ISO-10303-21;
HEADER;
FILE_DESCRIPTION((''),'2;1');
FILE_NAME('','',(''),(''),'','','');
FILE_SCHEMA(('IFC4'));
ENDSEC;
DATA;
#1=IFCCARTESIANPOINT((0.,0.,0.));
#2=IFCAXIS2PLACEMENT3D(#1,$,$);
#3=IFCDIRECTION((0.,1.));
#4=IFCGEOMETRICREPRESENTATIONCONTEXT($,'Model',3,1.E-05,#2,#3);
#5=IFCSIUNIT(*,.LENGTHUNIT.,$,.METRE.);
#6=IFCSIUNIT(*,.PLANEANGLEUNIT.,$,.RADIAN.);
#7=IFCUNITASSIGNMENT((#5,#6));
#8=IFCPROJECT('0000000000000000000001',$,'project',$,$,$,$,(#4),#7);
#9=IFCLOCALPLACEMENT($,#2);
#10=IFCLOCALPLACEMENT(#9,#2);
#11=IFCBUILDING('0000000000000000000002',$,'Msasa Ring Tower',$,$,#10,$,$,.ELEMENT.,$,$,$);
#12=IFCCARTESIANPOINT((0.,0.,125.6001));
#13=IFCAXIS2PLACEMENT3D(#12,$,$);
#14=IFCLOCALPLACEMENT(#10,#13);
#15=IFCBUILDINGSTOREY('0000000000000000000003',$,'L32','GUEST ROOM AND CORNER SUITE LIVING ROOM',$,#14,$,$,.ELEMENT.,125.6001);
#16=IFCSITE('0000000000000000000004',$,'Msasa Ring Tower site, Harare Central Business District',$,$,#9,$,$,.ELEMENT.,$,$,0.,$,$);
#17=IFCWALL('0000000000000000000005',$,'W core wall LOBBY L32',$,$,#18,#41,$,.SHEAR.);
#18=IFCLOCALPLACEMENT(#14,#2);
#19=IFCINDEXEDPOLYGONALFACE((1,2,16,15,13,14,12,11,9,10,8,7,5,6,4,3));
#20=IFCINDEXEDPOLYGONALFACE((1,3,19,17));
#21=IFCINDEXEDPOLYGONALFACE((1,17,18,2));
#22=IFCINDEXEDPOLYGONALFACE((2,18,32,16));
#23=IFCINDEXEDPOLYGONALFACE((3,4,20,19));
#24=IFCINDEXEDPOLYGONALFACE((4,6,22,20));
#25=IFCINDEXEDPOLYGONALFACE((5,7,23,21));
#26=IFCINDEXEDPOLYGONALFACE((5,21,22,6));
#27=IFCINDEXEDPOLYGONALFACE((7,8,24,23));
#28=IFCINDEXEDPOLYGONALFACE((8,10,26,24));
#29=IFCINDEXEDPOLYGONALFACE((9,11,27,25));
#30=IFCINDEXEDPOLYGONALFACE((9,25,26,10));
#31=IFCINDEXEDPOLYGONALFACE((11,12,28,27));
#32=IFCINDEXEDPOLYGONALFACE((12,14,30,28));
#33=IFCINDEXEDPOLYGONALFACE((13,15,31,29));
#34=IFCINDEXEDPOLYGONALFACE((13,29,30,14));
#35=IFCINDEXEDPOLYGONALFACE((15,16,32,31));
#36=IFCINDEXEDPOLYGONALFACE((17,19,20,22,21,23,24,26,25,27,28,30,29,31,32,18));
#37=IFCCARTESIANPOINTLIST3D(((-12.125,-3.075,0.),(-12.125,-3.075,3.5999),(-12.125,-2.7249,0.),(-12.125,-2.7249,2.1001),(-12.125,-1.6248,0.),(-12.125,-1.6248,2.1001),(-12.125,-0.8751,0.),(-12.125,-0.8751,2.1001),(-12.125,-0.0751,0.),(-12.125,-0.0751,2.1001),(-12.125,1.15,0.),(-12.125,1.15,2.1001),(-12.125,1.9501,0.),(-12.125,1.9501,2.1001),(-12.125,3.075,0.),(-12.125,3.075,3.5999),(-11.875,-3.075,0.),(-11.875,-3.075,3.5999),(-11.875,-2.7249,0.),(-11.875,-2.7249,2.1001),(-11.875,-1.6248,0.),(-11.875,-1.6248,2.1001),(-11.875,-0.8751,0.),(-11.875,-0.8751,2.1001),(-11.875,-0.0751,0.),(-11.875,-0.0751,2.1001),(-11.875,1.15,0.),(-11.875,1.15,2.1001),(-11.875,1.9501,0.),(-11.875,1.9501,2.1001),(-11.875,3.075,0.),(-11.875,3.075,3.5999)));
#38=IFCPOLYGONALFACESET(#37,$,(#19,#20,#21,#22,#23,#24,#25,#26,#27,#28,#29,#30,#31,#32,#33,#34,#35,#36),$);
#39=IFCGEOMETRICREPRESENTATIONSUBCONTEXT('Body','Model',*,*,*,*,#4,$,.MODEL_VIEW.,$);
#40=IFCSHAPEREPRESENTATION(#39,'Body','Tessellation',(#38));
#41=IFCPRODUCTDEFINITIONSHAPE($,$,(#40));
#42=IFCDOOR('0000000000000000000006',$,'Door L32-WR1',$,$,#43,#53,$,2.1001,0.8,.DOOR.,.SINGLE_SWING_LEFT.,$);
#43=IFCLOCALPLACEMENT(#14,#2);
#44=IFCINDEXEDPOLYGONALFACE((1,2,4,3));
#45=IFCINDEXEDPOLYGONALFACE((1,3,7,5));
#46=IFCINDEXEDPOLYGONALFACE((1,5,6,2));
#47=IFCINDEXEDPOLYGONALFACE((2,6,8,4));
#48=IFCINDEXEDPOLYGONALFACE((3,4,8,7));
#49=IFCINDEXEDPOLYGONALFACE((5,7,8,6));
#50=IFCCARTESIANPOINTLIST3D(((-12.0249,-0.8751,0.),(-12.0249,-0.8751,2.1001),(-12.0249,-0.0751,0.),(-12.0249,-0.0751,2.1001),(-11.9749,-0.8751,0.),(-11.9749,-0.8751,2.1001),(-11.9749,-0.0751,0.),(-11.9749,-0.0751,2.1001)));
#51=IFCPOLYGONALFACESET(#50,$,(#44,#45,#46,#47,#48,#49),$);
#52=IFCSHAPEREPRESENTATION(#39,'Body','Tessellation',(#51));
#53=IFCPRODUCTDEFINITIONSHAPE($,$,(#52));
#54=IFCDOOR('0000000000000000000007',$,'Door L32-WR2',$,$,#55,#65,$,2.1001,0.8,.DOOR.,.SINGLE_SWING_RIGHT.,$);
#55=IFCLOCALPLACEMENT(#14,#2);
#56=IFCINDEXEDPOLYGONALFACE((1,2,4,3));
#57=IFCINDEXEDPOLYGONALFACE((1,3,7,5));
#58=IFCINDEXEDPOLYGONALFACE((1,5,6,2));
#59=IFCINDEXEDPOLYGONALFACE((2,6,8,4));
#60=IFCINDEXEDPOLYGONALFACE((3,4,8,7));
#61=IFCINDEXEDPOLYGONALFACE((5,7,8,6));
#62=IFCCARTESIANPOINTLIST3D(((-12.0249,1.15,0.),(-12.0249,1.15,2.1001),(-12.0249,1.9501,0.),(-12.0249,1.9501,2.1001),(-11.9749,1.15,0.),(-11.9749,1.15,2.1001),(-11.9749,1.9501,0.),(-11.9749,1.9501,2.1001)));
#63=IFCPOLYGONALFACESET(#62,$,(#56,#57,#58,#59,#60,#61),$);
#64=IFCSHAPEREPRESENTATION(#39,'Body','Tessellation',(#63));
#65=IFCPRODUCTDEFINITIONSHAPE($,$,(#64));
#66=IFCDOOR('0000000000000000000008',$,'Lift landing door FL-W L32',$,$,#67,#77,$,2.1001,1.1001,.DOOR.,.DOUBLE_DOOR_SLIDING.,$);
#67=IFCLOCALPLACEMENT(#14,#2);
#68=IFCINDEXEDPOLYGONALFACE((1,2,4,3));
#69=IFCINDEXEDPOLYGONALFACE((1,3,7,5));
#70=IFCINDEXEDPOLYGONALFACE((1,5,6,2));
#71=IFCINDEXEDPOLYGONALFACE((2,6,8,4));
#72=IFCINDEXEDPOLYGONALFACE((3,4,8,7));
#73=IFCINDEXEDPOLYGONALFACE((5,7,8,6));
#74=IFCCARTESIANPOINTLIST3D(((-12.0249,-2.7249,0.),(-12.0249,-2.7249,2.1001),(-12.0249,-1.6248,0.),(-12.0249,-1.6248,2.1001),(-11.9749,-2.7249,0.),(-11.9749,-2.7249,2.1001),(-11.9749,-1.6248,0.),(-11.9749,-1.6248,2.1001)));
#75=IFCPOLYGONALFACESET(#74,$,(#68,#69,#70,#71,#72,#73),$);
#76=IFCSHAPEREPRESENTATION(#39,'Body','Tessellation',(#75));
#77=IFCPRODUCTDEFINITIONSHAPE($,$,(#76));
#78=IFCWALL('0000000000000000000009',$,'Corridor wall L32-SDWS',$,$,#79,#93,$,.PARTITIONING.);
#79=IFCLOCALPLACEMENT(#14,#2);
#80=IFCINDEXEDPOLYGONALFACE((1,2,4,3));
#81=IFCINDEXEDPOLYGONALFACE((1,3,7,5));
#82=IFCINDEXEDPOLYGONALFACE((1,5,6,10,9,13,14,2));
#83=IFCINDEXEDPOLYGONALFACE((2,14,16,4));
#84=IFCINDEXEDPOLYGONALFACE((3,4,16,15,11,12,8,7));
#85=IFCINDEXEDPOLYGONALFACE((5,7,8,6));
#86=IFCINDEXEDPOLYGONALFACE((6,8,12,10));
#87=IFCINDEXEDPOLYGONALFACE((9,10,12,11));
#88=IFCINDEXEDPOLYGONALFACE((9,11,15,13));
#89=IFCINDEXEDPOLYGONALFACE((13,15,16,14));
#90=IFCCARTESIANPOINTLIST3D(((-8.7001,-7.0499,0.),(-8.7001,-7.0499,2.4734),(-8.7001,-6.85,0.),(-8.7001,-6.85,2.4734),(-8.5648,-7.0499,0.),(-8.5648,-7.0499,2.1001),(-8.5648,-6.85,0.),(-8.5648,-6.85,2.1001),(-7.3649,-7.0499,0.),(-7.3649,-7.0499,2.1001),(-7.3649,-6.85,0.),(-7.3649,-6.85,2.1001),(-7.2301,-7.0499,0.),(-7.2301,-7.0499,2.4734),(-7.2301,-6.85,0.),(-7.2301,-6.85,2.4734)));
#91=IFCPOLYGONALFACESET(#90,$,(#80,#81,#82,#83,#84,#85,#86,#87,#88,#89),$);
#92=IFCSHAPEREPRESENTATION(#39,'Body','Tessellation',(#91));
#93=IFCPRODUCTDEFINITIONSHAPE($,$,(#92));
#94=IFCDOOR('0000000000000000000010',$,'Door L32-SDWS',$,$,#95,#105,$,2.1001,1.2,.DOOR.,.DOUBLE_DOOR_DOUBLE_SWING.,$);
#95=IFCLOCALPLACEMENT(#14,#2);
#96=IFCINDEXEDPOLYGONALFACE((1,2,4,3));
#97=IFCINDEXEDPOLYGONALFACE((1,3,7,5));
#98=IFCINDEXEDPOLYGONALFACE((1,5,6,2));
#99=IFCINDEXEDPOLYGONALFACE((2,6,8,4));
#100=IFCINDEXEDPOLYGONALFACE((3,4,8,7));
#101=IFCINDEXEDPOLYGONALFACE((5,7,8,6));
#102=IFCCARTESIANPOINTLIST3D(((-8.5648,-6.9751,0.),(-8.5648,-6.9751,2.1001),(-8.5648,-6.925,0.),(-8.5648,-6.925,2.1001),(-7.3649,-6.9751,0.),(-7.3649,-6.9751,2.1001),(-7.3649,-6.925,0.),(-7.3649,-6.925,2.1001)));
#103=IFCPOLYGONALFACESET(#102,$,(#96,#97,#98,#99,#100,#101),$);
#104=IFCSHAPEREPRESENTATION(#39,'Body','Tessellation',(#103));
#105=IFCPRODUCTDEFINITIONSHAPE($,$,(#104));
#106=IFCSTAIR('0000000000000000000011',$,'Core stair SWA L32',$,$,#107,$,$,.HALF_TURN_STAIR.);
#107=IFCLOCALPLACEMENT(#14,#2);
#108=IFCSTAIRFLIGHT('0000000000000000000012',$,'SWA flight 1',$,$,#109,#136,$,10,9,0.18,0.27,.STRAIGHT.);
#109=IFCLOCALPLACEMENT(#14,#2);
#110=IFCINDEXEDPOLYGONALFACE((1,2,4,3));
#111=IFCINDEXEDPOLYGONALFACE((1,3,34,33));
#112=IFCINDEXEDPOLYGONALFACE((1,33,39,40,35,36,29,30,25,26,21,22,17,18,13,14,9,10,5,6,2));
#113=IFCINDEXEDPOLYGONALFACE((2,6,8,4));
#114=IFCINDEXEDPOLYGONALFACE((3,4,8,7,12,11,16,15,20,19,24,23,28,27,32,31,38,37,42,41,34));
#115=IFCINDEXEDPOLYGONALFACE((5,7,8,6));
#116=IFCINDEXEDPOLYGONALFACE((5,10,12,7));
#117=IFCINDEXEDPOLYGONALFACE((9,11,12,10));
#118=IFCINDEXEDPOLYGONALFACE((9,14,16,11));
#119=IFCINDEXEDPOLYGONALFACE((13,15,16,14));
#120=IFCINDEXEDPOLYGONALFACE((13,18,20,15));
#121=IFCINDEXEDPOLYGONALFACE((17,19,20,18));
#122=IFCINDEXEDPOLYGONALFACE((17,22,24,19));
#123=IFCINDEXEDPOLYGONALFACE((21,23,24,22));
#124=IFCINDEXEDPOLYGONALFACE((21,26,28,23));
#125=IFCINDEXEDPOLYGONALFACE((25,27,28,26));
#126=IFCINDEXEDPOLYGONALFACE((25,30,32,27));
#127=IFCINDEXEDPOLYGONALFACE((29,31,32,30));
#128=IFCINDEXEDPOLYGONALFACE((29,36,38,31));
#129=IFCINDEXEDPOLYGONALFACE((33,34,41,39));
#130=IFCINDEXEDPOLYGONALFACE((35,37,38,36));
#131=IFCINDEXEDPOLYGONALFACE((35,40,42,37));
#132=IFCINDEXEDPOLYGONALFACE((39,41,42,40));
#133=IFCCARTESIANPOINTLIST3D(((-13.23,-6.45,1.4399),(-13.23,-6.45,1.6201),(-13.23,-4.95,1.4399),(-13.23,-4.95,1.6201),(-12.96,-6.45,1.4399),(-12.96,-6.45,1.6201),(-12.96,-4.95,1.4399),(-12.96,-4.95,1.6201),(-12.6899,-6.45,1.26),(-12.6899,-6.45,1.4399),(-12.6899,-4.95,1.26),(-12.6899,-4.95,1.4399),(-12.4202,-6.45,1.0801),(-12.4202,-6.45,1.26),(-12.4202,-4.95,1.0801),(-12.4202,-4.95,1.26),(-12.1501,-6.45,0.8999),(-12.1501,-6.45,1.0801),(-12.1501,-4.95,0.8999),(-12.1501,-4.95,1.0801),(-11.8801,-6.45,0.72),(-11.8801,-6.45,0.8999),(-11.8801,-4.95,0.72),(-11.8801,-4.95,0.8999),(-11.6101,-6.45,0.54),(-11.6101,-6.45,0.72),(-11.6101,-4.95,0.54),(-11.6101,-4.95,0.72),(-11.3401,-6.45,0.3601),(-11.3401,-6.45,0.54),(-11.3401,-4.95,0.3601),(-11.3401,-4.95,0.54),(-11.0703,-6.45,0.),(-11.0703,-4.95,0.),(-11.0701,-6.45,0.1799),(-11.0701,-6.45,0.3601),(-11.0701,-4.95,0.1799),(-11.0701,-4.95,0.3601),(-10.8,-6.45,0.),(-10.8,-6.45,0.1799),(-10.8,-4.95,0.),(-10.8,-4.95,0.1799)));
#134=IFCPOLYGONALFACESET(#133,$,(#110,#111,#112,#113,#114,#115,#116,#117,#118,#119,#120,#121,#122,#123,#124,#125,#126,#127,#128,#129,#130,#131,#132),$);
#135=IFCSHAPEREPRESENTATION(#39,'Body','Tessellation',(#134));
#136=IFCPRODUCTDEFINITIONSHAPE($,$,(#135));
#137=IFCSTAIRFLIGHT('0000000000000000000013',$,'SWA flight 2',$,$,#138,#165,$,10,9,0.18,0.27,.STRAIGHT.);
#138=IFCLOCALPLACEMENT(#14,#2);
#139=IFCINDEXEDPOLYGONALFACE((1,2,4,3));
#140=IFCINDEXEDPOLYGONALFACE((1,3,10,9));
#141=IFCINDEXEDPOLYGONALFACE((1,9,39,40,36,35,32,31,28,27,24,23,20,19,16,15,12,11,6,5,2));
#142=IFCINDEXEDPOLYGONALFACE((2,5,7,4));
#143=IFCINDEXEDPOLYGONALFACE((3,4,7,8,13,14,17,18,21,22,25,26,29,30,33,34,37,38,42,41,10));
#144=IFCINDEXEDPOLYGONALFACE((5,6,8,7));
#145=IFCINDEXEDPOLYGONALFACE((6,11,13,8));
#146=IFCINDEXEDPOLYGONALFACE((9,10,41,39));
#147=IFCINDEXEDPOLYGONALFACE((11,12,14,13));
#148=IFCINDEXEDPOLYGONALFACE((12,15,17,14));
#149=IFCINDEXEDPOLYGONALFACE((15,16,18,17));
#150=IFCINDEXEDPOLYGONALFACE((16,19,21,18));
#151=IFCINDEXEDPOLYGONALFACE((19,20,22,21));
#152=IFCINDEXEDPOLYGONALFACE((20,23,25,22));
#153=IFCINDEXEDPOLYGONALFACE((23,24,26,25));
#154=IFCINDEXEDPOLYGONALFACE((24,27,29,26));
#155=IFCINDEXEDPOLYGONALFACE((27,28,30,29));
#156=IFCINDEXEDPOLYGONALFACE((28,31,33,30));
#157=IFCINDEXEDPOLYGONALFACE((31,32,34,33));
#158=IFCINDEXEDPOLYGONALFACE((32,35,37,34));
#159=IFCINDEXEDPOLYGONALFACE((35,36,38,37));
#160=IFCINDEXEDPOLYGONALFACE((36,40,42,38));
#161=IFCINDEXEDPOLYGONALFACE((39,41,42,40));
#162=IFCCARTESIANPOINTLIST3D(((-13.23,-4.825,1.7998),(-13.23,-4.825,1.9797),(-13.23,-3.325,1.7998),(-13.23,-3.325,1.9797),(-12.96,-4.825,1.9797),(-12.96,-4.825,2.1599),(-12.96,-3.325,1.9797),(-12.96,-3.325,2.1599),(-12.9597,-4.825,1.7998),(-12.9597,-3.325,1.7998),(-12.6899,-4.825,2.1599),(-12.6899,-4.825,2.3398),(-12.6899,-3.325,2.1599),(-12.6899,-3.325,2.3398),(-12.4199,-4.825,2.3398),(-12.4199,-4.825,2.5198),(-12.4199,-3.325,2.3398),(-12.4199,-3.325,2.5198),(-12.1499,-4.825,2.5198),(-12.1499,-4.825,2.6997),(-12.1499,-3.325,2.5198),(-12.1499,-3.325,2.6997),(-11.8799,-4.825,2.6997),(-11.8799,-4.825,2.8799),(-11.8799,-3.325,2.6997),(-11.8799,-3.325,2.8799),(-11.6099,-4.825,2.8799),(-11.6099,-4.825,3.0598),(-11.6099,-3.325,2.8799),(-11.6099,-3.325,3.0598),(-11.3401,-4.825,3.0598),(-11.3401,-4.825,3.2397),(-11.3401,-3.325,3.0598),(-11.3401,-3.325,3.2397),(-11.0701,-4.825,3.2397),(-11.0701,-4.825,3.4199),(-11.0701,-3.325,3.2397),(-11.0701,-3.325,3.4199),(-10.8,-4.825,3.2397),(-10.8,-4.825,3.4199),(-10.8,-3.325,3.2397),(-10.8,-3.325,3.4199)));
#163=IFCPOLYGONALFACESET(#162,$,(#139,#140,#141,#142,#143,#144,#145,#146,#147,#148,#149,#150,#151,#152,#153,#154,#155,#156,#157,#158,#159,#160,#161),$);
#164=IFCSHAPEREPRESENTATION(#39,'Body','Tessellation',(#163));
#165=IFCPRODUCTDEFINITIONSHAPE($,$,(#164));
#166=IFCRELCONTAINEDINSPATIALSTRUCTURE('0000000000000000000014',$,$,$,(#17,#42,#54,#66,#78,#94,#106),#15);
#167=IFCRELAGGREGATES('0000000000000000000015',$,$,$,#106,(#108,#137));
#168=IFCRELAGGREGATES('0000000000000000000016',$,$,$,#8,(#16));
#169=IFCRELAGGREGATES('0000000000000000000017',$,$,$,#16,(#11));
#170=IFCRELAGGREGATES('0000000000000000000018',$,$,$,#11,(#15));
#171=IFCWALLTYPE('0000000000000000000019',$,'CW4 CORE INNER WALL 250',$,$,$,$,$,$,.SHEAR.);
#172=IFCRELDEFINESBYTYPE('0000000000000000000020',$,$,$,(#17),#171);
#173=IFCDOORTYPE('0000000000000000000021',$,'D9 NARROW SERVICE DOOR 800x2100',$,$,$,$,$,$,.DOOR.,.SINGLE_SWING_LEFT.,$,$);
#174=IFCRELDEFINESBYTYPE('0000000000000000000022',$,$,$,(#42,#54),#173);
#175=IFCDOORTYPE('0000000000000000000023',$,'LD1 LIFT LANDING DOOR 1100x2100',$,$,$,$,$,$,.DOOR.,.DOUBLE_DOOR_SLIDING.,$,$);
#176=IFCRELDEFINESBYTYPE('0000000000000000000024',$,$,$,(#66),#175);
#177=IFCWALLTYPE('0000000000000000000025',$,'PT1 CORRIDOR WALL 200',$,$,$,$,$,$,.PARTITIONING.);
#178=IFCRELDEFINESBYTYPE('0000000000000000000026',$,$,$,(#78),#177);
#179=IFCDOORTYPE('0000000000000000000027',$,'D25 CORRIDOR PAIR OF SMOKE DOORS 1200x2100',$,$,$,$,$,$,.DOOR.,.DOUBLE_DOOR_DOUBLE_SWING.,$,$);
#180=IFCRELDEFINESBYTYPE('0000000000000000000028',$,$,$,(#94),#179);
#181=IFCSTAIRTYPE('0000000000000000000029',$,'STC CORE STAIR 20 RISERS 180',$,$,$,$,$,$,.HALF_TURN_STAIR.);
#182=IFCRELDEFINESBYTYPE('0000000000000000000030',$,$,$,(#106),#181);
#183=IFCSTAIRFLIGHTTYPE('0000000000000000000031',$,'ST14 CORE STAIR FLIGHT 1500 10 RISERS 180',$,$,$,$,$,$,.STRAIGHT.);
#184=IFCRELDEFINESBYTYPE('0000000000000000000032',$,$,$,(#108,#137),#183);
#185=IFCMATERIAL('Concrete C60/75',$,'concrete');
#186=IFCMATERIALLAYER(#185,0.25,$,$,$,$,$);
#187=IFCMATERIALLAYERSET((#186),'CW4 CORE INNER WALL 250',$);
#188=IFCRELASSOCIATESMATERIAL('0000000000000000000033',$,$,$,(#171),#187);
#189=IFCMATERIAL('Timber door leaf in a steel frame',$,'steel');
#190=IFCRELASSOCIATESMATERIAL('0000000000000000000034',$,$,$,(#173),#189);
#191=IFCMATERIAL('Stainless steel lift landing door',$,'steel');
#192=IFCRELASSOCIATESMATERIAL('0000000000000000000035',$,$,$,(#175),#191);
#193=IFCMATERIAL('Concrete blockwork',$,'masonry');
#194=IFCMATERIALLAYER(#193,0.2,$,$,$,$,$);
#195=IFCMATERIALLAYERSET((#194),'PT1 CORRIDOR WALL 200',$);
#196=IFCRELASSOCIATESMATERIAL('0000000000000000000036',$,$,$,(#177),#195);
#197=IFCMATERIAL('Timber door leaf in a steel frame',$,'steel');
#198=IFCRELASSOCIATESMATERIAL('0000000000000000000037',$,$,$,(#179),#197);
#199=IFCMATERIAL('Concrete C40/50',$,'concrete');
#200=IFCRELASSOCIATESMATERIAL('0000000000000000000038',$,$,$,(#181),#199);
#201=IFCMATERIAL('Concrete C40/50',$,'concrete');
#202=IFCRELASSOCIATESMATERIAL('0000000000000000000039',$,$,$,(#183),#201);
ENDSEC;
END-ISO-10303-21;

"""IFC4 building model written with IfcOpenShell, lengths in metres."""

from ifc_helpers import new_model, si_unit, direction, frame, frame_2d, origin, place, context, subcontext, project, spatial, polyline, rectangle, outline, extrude, material, layer, layer_set, type_object, element, fill, aggregate, save


model = new_model("IFC4")

# Units and contexts
model_context = context("Model", 3, precision=1e-05, world=origin(), true_north=direction((0.0, 1.0)))
body_context = subcontext(model_context, "Body", "Model", "MODEL_VIEW")
ifc_project = project(units=[si_unit("LENGTHUNIT", "METRE"), si_unit("PLANEANGLEUNIT", "RADIAN")], contexts=[model_context])

# Site, building, storey
site_placement = place(None, origin())
site = spatial("IfcSite", under=ifc_project, at=site_placement, Name="Msasa Ring Tower site, Harare Central Business District", CompositionType="ELEMENT", RefElevation=0.0)
building_placement = place(site_placement, origin())
building = spatial("IfcBuilding", under=site, at=building_placement, Name="Msasa Ring Tower", CompositionType="ELEMENT")
storey_placement = place(building_placement, frame((0.0, 0.0, 125.6001)))
storey = spatial("IfcBuildingStorey", under=building, at=storey_placement, Name="L32", Description="GUEST ROOM AND CORNER SUITE LIVING ROOM", CompositionType="ELEMENT", Elevation=125.6001)

# Shared definitions
ifc_material_1 = material(Name="Concrete C60/75", Category="concrete")
ifc_layer_1 = layer(ifc_material_1, 0.25)
ifc_layer_set_1 = layer_set([ifc_layer_1], Name="CW4 CORE INNER WALL 250")
wall_type_1 = type_object("IfcWallType", Name="CW4 CORE INNER WALL 250", PredefinedType="SHEAR", material=ifc_layer_set_1)

# Wall, openings, doors
wall_1_placement = place(storey_placement, frame((-12.0, -3.075, 0.0), z_axis=(0.0, 0.0, 1.0), x_axis=(0.0, 1.0, 0.0)))
wall_1 = element("IfcWall", 1, at=wall_1_placement, inside=storey, type_object=wall_type_1, Name="W core wall LOBBY L32", PredefinedType="SHEAR", context=body_context, shape_type="SweptSolid", body=[
    extrude(rectangle(XDim=6.1499, YDim=0.25, at=frame_2d((3.075, 0.0))), origin(), (0.0, 0.0, 1.0), 3.5999),
])
opening_1_placement = place(wall_1_placement, frame((2.2, 0.0, 0.0)))
opening_1 = element("IfcOpeningElement", 2, at=opening_1_placement, cuts=wall_1, PredefinedType="OPENING", context=body_context, shape_type="SweptSolid", body=[
    extrude(rectangle(XDim=0.8, YDim=2.1001, at=frame_2d((0.3999, 1.05))), frame((0.0, 0.135, 0.0), z_axis=(0.0, -1.0, 0.0), x_axis=(1.0, 0.0, 0.0)), (0.0, 0.0, 1.0), 0.27),
])
opening_2_placement = place(wall_1_placement, frame((4.2251, 0.0, 0.0)))
opening_2 = element("IfcOpeningElement", 3, at=opening_2_placement, cuts=wall_1, PredefinedType="OPENING", context=body_context, shape_type="SweptSolid", body=[
    extrude(rectangle(XDim=0.8, YDim=2.1001, at=frame_2d((0.3999, 1.05))), frame((0.0, 0.135, 0.0), z_axis=(0.0, -1.0, 0.0), x_axis=(1.0, 0.0, 0.0)), (0.0, 0.0, 1.0), 0.27),
])
opening_3_placement = place(wall_1_placement, frame((0.3501, 0.0, 0.0)))
opening_3 = element("IfcOpeningElement", 4, at=opening_3_placement, cuts=wall_1, PredefinedType="OPENING", context=body_context, shape_type="SweptSolid", body=[
    extrude(rectangle(XDim=1.1001, YDim=2.1001, at=frame_2d((0.55, 1.05))), frame((0.0, 0.135, 0.0), z_axis=(0.0, -1.0, 0.0), x_axis=(1.0, 0.0, 0.0)), (0.0, 0.0, 1.0), 0.27),
])
ifc_material_2 = material(Name="Timber door leaf in a steel frame", Category="steel")
door_type_1 = type_object("IfcDoorType", Name="D9 NARROW SERVICE DOOR 800x2100", OperationType="SINGLE_SWING_LEFT", PredefinedType="DOOR", material=ifc_material_2)
door_1_placement = place(opening_1_placement, origin())
door_1 = element("IfcDoor", 5, at=door_1_placement, inside=storey, type_object=door_type_1, Name="Door L32-WR1", OperationType="SINGLE_SWING_LEFT", OverallHeight=2.1001, OverallWidth=0.8, PredefinedType="DOOR", context=body_context, shape_type="SweptSolid", body=[
    extrude(rectangle(XDim=0.8, YDim=2.1001, at=frame_2d((0.3999, 1.05))), frame((0.0, 0.0249, 0.0), z_axis=(0.0, -1.0, 0.0), x_axis=(1.0, 0.0, 0.0)), (0.0, 0.0, 1.0), 0.05),
])
fill(opening_1, door_1)
door_2_placement = place(opening_2_placement, origin())
door_2 = element("IfcDoor", 6, at=door_2_placement, inside=storey, type_object=door_type_1, Name="Door L32-WR2", OperationType="SINGLE_SWING_RIGHT", OverallHeight=2.1001, OverallWidth=0.8, PredefinedType="DOOR", context=body_context, shape_type="SweptSolid", body=[
    extrude(rectangle(XDim=0.8, YDim=2.1001, at=frame_2d((0.3999, 1.05))), frame((0.0, 0.0249, 0.0), z_axis=(0.0, -1.0, 0.0), x_axis=(1.0, 0.0, 0.0)), (0.0, 0.0, 1.0), 0.05),
])
fill(opening_2, door_2)
ifc_material_3 = material(Name="Stainless steel lift landing door", Category="steel")
door_type_2 = type_object("IfcDoorType", Name="LD1 LIFT LANDING DOOR 1100x2100", OperationType="DOUBLE_DOOR_SLIDING", PredefinedType="DOOR", material=ifc_material_3)
door_3_placement = place(opening_3_placement, origin())
door_3 = element("IfcDoor", 7, at=door_3_placement, inside=storey, type_object=door_type_2, Name="Lift landing door FL-W L32", OperationType="DOUBLE_DOOR_SLIDING", OverallHeight=2.1001, OverallWidth=1.1001, PredefinedType="DOOR", context=body_context, shape_type="SweptSolid", body=[
    extrude(rectangle(XDim=1.1001, YDim=2.1001, at=frame_2d((0.55, 1.05))), frame((0.0, 0.0249, 0.0), z_axis=(0.0, -1.0, 0.0), x_axis=(1.0, 0.0, 0.0)), (0.0, 0.0, 1.0), 0.05),
])
fill(opening_3, door_3)

# Wall, opening, door
ifc_material_4 = material(Name="Concrete blockwork", Category="masonry")
ifc_layer_2 = layer(ifc_material_4, 0.2)
ifc_layer_set_2 = layer_set([ifc_layer_2], Name="PT1 CORRIDOR WALL 200")
wall_type_2 = type_object("IfcWallType", Name="PT1 CORRIDOR WALL 200", PredefinedType="PARTITIONING", material=ifc_layer_set_2)
wall_2_placement = place(storey_placement, frame((-8.7, -6.95, 0.0), z_axis=(0.0, 0.0, 1.0), x_axis=(1.0, 0.0, 0.0)))
wall_2 = element("IfcWall", 8, at=wall_2_placement, inside=storey, type_object=wall_type_2, Name="Corridor wall L32-SDWS", PredefinedType="PARTITIONING", context=body_context, shape_type="SweptSolid", body=[
    extrude(rectangle(XDim=1.47, YDim=0.2, at=frame_2d((0.7349, 0.0))), origin(), (0.0, 0.0, 1.0), 2.4734),
])
opening_4_placement = place(wall_2_placement, frame((0.135, 0.0, 0.0)))
opening_4 = element("IfcOpeningElement", 9, at=opening_4_placement, cuts=wall_2, PredefinedType="OPENING", context=body_context, shape_type="SweptSolid", body=[
    extrude(rectangle(XDim=1.2, YDim=2.1001, at=frame_2d((0.6001, 1.05))), frame((0.0, 0.1099, 0.0), z_axis=(0.0, -1.0, 0.0), x_axis=(1.0, 0.0, 0.0)), (0.0, 0.0, 1.0), 0.22),
])
ifc_material_5 = material(Name="Timber door leaf in a steel frame", Category="steel")
door_type_3 = type_object("IfcDoorType", Name="D25 CORRIDOR PAIR OF SMOKE DOORS 1200x2100", OperationType="DOUBLE_DOOR_DOUBLE_SWING", PredefinedType="DOOR", material=ifc_material_5)
door_4_placement = place(opening_4_placement, origin())
door_4 = element("IfcDoor", 10, at=door_4_placement, inside=storey, type_object=door_type_3, Name="Door L32-SDWS", OperationType="DOUBLE_DOOR_DOUBLE_SWING", OverallHeight=2.1001, OverallWidth=1.2, PredefinedType="DOOR", context=body_context, shape_type="SweptSolid", body=[
    extrude(rectangle(XDim=1.2, YDim=2.1001, at=frame_2d((0.6001, 1.05))), frame((0.0, 0.0249, 0.0), z_axis=(0.0, -1.0, 0.0), x_axis=(1.0, 0.0, 0.0)), (0.0, 0.0, 1.0), 0.05),
])
fill(opening_4, door_4)

# Stair, stair flights
ifc_material_6 = material(Name="Concrete C40/50", Category="concrete")
stair_type = type_object("IfcStairType", Name="STC CORE STAIR 20 RISERS 180", PredefinedType="HALF_TURN_STAIR", material=ifc_material_6)
stair_placement = place(storey_placement, origin())
stair = element("IfcStair", 11, at=stair_placement, inside=storey, type_object=stair_type, Name="Core stair SWA L32", PredefinedType="HALF_TURN_STAIR")
ifc_material_7 = material(Name="Concrete C40/50", Category="concrete")
stair_flight_type = type_object("IfcStairFlightType", Name="ST14 CORE STAIR FLIGHT 1500 10 RISERS 180", PredefinedType="STRAIGHT", material=ifc_material_7)
stair_flight_1_placement = place(storey_placement, frame((-10.8, -5.7, 0.0), z_axis=(0.0, 0.0, 1.0), x_axis=(-1.0, 0.0, 0.0)))
stair_flight_1 = element("IfcStairFlight", 12, at=stair_flight_1_placement, type_object=stair_flight_type, Name="SWA flight 1", NumberOfRisers=10, NumberOfTreads=9, PredefinedType="STRAIGHT", RiserHeight=0.18, TreadLength=0.27, context=body_context, shape_type="SweptSolid", body=[
    extrude(outline(polyline([(0.0, 0.0), (0.0, 0.1799), (0.27, 0.1799), (0.27, 0.3601), (0.54, 0.3601), (0.54, 0.54), (0.8101, 0.54), (0.8101, 0.72), (1.0801, 0.72), (1.0801, 0.8999), (1.3501, 0.8999), (1.3501, 1.0801), (1.6201, 1.0801), (1.6201, 1.26), (1.8899, 1.26), (1.8899, 1.4399), (2.1599, 1.4399), (2.1599, 1.6201), (2.4299, 1.6201), (2.4299, 1.8), (2.4299, 1.4399), (0.2703, 0.0), (0.0, 0.0)])), frame((0.0, 0.75, 0.0), z_axis=(0.0, -1.0, 0.0), x_axis=(1.0, 0.0, 0.0)), (0.0, 0.0, 1.0), 1.5),
])
stair_flight_2_placement = place(storey_placement, frame((-13.23, -4.075, 1.7998), z_axis=(0.0, 0.0, 1.0), x_axis=(1.0, 0.0, 0.0)))
stair_flight_2 = element("IfcStairFlight", 13, at=stair_flight_2_placement, type_object=stair_flight_type, Name="SWA flight 2", NumberOfRisers=10, NumberOfTreads=9, PredefinedType="STRAIGHT", RiserHeight=0.18, TreadLength=0.27, context=body_context, shape_type="SweptSolid", body=[
    extrude(outline(polyline([(0.0, 0.0), (0.0, 0.1799), (0.27, 0.1799), (0.27, 0.3601), (0.54, 0.3601), (0.54, 0.54), (0.8101, 0.54), (0.8101, 0.72), (1.0801, 0.72), (1.0801, 0.8999), (1.3501, 0.8999), (1.3501, 1.0801), (1.6201, 1.0801), (1.6201, 1.26), (1.8899, 1.26), (1.8899, 1.4399), (2.1599, 1.4399), (2.1599, 1.6201), (2.4299, 1.6201), (2.4299, 1.8), (2.4299, 1.4399), (0.2703, 0.0), (0.0, 0.0)])), frame((0.0, 0.75, 0.0), z_axis=(0.0, -1.0, 0.0), x_axis=(1.0, 0.0, 0.0)), (0.0, 0.0, 1.0), 1.5),
])
aggregate(stair, [stair_flight_1, stair_flight_2])

save(model, "model.ifc")
